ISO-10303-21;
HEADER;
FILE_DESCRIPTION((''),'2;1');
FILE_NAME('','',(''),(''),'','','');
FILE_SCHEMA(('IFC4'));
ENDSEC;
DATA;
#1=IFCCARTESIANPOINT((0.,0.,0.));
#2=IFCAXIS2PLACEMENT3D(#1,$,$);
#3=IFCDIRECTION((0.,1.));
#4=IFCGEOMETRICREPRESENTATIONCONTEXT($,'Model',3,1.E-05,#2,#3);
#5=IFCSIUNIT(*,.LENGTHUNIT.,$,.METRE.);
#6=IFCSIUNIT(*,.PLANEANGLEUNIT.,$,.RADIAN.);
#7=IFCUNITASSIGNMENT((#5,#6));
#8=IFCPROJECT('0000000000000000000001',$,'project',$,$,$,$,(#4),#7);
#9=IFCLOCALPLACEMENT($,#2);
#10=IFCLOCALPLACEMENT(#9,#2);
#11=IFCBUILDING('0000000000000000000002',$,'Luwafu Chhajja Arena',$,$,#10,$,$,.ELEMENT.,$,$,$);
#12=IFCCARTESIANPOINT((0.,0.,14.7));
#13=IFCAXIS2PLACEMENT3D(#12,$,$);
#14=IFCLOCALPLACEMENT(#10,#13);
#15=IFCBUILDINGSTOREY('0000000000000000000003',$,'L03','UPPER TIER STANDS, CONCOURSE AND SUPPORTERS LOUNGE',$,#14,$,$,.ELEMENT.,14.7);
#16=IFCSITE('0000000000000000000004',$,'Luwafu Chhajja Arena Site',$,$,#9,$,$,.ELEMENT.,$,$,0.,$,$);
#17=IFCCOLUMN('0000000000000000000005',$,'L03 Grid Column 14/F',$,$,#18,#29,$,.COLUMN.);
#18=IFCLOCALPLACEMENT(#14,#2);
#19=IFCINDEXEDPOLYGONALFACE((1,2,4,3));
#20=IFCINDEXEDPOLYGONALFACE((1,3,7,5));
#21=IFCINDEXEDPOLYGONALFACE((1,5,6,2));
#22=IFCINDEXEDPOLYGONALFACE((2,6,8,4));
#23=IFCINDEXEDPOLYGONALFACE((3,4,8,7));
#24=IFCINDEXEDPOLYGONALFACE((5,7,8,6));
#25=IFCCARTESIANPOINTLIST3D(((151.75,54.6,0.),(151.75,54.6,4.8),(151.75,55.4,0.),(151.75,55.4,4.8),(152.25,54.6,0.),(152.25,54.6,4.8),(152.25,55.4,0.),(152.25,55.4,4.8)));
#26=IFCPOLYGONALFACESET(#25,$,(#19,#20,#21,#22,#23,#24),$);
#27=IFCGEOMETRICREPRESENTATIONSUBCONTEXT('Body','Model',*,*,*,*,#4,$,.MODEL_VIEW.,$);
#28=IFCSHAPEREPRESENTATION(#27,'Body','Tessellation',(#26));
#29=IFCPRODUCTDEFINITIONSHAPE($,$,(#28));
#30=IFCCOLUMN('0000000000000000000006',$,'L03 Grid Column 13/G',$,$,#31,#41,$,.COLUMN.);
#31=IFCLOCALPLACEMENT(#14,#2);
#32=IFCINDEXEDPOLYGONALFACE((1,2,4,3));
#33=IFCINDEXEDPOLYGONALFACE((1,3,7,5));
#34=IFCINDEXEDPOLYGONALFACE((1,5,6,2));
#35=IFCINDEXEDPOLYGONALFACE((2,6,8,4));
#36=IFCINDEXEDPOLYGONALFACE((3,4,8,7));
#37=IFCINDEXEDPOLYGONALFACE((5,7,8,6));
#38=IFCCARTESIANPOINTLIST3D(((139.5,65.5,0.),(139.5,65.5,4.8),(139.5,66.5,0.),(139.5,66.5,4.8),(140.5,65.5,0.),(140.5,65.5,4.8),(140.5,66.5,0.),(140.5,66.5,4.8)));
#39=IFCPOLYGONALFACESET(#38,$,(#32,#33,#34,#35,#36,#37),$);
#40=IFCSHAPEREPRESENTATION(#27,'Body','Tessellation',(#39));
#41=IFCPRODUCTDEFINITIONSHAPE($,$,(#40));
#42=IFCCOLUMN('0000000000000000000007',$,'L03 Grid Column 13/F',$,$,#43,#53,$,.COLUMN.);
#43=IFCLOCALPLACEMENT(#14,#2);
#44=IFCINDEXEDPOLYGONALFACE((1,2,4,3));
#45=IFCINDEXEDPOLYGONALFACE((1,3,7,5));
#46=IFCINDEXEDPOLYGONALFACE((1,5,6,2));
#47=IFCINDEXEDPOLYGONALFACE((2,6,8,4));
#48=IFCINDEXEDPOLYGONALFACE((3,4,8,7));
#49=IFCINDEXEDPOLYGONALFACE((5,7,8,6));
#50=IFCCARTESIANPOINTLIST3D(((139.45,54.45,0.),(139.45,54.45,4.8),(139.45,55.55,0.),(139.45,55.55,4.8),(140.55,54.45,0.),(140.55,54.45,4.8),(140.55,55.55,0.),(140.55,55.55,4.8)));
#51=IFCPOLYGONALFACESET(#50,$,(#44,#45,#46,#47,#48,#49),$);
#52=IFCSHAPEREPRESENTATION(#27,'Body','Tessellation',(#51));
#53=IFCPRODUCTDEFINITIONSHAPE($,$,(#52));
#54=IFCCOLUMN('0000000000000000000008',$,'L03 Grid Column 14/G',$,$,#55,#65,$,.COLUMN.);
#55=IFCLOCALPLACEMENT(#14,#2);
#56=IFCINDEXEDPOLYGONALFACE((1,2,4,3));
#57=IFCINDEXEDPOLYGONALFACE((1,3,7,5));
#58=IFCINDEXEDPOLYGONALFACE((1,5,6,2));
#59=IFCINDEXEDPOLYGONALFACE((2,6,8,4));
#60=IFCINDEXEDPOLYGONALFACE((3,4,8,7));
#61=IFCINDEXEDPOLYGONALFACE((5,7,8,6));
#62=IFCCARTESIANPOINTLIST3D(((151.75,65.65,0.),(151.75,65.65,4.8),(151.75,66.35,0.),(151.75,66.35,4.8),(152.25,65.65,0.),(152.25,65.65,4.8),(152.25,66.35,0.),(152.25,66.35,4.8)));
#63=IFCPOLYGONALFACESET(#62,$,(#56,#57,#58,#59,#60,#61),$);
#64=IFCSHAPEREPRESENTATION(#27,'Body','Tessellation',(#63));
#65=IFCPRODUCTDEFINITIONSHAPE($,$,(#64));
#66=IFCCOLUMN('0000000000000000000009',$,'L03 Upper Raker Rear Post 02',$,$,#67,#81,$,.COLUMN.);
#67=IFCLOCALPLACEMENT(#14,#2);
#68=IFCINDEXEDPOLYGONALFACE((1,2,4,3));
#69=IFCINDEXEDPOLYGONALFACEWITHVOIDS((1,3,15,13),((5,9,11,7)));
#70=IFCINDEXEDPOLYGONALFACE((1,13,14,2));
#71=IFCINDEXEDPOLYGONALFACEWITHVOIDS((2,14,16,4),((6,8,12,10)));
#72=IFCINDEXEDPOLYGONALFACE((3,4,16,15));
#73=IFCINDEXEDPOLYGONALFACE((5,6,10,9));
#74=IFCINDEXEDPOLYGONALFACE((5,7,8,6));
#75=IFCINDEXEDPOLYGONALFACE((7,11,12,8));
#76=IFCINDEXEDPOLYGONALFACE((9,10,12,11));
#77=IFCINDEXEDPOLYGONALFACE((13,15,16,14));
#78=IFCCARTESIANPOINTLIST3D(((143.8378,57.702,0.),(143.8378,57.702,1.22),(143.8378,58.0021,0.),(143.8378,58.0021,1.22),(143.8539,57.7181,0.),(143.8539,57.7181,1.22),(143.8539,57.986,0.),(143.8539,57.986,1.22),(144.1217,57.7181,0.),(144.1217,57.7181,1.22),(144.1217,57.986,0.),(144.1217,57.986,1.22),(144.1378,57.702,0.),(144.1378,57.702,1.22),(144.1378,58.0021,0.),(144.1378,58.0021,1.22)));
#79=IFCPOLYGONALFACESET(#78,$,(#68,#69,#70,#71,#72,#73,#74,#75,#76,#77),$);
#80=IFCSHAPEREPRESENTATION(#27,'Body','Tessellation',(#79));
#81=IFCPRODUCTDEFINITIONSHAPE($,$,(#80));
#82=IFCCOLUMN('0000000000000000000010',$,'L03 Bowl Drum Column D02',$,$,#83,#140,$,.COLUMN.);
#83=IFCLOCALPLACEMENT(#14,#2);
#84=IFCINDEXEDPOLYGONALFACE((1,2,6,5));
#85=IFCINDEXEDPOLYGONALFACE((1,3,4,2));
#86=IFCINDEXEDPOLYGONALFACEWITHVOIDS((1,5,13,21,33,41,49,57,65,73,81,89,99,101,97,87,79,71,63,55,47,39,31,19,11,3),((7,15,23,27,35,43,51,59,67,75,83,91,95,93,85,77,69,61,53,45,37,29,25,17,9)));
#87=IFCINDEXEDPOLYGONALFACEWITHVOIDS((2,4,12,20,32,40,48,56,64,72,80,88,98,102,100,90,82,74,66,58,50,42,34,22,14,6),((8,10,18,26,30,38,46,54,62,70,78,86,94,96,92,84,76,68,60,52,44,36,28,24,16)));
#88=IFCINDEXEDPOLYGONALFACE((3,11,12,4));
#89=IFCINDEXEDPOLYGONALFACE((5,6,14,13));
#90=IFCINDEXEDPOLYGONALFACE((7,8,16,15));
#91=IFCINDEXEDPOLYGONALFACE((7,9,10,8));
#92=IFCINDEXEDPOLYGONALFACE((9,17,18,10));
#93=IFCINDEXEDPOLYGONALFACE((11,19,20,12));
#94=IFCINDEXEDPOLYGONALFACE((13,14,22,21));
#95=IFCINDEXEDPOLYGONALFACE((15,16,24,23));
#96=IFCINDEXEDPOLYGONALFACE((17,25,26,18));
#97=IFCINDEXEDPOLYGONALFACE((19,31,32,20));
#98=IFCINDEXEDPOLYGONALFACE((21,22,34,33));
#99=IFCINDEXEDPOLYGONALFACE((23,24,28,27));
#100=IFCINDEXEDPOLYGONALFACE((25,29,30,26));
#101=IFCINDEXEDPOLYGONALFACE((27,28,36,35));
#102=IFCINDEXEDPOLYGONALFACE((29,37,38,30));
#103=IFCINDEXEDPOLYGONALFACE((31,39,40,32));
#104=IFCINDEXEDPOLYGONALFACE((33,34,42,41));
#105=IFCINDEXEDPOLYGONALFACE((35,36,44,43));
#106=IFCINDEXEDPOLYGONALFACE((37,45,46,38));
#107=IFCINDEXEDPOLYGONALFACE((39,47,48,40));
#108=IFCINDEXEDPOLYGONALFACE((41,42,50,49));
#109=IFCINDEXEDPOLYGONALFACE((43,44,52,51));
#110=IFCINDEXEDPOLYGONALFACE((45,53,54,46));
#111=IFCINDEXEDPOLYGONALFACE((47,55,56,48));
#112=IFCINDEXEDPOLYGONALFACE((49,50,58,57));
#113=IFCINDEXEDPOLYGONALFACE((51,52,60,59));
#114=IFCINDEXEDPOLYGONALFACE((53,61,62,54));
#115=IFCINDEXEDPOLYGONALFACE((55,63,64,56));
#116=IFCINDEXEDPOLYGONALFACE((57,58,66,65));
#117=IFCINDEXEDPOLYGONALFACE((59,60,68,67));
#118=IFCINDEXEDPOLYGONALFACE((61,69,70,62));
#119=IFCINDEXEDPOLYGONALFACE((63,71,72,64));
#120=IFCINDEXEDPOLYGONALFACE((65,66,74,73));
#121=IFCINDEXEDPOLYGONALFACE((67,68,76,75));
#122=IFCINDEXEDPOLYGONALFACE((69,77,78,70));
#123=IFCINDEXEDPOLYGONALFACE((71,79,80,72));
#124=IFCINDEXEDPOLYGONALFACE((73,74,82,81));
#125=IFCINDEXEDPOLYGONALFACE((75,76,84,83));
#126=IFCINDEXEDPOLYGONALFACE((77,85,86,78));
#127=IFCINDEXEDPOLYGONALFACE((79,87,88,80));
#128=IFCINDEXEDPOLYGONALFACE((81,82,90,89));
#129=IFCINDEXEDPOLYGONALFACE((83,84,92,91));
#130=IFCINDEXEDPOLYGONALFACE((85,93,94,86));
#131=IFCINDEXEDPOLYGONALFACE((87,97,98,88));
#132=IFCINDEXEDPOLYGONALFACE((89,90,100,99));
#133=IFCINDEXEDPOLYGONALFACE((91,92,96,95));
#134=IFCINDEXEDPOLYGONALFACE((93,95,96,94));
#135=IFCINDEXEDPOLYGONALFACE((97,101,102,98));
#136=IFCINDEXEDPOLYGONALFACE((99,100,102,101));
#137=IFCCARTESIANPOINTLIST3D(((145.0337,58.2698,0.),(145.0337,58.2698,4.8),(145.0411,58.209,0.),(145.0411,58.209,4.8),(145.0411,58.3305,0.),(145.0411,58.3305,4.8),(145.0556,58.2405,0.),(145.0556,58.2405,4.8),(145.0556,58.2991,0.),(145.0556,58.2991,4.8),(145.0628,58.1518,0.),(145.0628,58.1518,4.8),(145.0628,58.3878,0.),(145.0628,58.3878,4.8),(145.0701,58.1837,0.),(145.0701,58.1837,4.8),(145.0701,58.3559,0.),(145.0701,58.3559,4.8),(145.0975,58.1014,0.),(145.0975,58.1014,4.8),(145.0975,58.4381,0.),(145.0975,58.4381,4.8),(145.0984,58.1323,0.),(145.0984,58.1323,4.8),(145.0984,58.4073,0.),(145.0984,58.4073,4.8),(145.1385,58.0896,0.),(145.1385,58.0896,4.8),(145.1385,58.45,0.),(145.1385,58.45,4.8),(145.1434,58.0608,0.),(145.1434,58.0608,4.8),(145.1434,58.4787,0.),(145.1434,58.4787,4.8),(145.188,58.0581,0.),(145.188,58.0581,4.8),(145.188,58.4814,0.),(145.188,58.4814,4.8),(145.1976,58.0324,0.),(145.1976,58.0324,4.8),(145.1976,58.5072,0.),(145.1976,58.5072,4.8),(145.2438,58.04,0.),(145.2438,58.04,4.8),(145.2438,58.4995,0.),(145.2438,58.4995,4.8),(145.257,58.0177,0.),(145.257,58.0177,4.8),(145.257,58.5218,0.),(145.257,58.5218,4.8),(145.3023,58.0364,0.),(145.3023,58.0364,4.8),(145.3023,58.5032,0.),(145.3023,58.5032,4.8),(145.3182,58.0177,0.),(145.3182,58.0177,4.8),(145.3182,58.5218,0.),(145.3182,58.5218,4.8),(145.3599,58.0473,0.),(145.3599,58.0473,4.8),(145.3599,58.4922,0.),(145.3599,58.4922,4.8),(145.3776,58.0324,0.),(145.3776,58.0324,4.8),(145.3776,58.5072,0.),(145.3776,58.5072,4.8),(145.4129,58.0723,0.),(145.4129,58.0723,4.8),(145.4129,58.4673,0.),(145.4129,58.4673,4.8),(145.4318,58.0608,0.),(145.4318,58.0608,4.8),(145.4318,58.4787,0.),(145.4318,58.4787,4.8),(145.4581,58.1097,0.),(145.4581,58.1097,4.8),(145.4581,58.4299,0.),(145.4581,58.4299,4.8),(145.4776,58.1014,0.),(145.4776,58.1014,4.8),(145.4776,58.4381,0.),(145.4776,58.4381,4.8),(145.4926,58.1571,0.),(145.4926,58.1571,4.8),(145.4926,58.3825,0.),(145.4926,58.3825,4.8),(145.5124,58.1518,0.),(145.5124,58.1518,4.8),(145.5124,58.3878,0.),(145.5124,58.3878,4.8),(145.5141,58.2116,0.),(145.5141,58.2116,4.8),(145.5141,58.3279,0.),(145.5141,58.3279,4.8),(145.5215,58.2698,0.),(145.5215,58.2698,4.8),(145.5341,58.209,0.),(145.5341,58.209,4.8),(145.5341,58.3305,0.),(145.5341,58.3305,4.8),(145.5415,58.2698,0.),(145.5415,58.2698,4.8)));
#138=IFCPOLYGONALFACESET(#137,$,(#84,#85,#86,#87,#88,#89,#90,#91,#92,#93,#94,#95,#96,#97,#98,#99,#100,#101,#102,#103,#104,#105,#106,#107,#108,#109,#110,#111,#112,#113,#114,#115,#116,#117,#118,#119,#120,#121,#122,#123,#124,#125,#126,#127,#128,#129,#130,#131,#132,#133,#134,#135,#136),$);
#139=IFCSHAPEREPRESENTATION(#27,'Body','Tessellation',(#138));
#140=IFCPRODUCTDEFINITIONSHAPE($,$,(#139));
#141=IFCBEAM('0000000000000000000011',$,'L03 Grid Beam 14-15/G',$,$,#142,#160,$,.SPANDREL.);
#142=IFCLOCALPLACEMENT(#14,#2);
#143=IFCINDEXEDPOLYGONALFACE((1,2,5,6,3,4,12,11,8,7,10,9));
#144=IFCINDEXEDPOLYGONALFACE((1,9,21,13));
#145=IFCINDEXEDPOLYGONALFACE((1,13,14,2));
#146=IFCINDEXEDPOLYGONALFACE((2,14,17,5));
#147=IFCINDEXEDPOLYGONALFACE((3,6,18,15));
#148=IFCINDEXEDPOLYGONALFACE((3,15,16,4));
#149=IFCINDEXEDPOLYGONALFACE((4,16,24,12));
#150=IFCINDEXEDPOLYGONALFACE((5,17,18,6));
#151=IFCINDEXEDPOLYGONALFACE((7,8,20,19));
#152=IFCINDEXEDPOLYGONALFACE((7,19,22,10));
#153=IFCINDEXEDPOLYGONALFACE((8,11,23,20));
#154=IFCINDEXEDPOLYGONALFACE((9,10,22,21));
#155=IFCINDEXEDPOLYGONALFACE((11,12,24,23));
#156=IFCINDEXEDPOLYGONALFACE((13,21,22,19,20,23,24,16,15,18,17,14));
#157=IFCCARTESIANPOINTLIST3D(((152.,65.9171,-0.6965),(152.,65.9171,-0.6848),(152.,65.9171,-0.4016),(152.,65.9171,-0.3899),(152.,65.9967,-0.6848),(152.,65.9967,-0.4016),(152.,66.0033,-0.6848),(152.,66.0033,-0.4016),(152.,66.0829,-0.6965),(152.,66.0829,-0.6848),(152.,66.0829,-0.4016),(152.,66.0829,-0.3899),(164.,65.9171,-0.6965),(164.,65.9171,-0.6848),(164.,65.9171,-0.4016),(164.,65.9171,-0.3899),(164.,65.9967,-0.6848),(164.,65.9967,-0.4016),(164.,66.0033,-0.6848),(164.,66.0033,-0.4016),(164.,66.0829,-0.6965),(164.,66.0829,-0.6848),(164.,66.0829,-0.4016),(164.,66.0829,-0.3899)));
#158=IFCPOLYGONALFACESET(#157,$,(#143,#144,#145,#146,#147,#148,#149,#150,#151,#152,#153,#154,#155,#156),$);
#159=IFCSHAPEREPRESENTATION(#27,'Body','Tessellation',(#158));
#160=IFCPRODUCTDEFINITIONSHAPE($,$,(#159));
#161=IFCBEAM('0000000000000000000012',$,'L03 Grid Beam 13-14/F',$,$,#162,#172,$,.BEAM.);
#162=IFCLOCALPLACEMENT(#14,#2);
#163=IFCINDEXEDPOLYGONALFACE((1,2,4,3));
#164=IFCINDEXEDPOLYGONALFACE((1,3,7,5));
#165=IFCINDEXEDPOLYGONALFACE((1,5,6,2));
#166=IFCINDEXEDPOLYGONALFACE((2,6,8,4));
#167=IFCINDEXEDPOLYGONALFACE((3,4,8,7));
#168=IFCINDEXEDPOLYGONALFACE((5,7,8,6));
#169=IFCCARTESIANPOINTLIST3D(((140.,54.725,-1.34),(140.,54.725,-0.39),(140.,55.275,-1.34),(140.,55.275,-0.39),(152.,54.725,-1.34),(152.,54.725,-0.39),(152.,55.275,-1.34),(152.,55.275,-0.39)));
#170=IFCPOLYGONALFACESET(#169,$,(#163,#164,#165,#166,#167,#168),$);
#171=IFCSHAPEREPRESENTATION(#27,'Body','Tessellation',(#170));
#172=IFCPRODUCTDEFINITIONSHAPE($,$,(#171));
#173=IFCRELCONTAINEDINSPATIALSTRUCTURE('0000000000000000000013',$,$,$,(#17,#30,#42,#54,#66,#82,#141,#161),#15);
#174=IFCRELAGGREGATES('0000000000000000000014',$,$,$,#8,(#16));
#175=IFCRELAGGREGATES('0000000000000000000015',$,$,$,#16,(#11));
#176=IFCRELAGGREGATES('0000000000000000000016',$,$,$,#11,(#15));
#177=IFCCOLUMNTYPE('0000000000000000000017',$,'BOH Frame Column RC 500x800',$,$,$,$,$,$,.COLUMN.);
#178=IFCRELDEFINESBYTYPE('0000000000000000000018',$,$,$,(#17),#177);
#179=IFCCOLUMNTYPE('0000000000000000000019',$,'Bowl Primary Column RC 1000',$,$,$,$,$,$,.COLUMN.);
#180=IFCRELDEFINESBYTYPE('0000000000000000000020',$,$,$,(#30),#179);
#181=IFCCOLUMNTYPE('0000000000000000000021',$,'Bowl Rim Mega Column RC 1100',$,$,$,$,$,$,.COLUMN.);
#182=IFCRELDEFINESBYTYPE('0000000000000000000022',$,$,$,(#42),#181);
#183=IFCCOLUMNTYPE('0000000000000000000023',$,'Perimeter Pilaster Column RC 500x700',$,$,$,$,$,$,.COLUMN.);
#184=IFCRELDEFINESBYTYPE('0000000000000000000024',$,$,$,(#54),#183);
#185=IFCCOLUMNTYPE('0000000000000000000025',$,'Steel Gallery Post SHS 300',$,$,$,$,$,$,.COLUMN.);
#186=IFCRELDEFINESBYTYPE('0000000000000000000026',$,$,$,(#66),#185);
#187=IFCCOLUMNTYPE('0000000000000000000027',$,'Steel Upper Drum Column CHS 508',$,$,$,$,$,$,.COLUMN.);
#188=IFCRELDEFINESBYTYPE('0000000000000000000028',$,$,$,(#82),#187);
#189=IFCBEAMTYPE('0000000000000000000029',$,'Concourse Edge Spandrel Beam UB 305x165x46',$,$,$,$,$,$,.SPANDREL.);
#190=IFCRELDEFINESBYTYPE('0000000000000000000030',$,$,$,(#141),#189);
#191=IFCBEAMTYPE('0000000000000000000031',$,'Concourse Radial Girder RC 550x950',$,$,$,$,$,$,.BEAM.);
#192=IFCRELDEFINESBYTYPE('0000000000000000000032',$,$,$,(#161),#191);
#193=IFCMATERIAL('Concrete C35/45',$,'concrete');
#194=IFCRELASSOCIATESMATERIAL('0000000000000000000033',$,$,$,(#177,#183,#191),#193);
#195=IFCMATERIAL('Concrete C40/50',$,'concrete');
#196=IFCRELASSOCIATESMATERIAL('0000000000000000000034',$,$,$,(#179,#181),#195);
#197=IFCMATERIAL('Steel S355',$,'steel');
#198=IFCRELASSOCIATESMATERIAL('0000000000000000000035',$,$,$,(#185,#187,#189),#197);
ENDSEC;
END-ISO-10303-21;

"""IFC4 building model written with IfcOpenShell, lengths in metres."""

from ifc_helpers import new_model, si_unit, direction, frame, origin, origin_2d, place, context, subcontext, project, spatial, rectangle, hollow_rectangle, hollow_circle, i_section, extrude, material, material_profile, profile_set, type_object, element, save


model = new_model("IFC4")

# Units and contexts
model_context = context("Model", 3, precision=1e-05, world=origin(), true_north=direction((0.0, 1.0)))
body_context = subcontext(model_context, "Body", "Model", "MODEL_VIEW")
ifc_project = project(units=[si_unit("LENGTHUNIT", "METRE"), si_unit("PLANEANGLEUNIT", "RADIAN")], contexts=[model_context])

# Site, building, storey
site_placement = place(None, origin())
site = spatial("IfcSite", under=ifc_project, at=site_placement, Name="Luwafu Chhajja Arena Site", CompositionType="ELEMENT", RefElevation=0.0)
building_placement = place(site_placement, origin())
building = spatial("IfcBuilding", under=site, at=building_placement, Name="Luwafu Chhajja Arena", CompositionType="ELEMENT")
storey_placement = place(building_placement, frame((0.0, 0.0, 14.7)))
storey = spatial("IfcBuildingStorey", under=building, at=storey_placement, Name="L03", Description="UPPER TIER STANDS, CONCOURSE AND SUPPORTERS LOUNGE", CompositionType="ELEMENT", Elevation=14.7)

# Columns
ifc_material_1 = material(Name="Concrete C35/45", Category="concrete")
ifc_material_profile_1 = material_profile(ifc_material_1, rectangle(XDim=0.5, YDim=0.8, at=origin_2d()), Name="RC 500x800")
ifc_profile_set_1 = profile_set([ifc_material_profile_1], Name="Concrete C35/45")
column_type_1 = type_object("IfcColumnType", Name="BOH Frame Column RC 500x800", PredefinedType="COLUMN", material=ifc_profile_set_1)
column_1_placement = place(storey_placement, frame((152.0, 55.0, 0.0), z_axis=(0.0, 0.0, 1.0), x_axis=(1.0, 0.0, 0.0)))
element("IfcColumn", 1, at=column_1_placement, inside=storey, type_object=column_type_1, Name="L03 Grid Column 14/F", PredefinedType="COLUMN", context=body_context, shape_type="SweptSolid", body=[
    extrude(rectangle(XDim=0.5, YDim=0.8, at=origin_2d()), origin(), (0.0, 0.0, 1.0), 4.8),
])
ifc_material_2 = material(Name="Concrete C40/50", Category="concrete")
ifc_material_profile_2 = material_profile(ifc_material_2, rectangle(XDim=1.0, YDim=1.0, at=origin_2d()), Name="RC 1000x1000")
ifc_profile_set_2 = profile_set([ifc_material_profile_2], Name="Concrete C40/50")
column_type_2 = type_object("IfcColumnType", Name="Bowl Primary Column RC 1000", PredefinedType="COLUMN", material=ifc_profile_set_2)
column_2_placement = place(storey_placement, frame((140.0, 66.0, 0.0), z_axis=(0.0, 0.0, 1.0), x_axis=(1.0, 0.0, 0.0)))
element("IfcColumn", 2, at=column_2_placement, inside=storey, type_object=column_type_2, Name="L03 Grid Column 13/G", PredefinedType="COLUMN", context=body_context, shape_type="SweptSolid", body=[
    extrude(rectangle(XDim=1.0, YDim=1.0, at=origin_2d()), origin(), (0.0, 0.0, 1.0), 4.8),
])
ifc_material_profile_3 = material_profile(ifc_material_2, rectangle(XDim=1.1001, YDim=1.1001, at=origin_2d()), Name="RC 1100x1100")
ifc_profile_set_3 = profile_set([ifc_material_profile_3], Name="Concrete C40/50")
column_type_3 = type_object("IfcColumnType", Name="Bowl Rim Mega Column RC 1100", PredefinedType="COLUMN", material=ifc_profile_set_3)
column_3_placement = place(storey_placement, frame((140.0, 55.0, 0.0), z_axis=(0.0, 0.0, 1.0), x_axis=(1.0, 0.0, 0.0)))
element("IfcColumn", 3, at=column_3_placement, inside=storey, type_object=column_type_3, Name="L03 Grid Column 13/F", PredefinedType="COLUMN", context=body_context, shape_type="SweptSolid", body=[
    extrude(rectangle(XDim=1.1001, YDim=1.1001, at=origin_2d()), origin(), (0.0, 0.0, 1.0), 4.8),
])
ifc_material_profile_4 = material_profile(ifc_material_1, rectangle(XDim=0.5, YDim=0.7, at=origin_2d()), Name="RC 500x700")
ifc_profile_set_4 = profile_set([ifc_material_profile_4], Name="Concrete C35/45")
column_type_4 = type_object("IfcColumnType", Name="Perimeter Pilaster Column RC 500x700", PredefinedType="COLUMN", material=ifc_profile_set_4)
column_4_placement = place(storey_placement, frame((152.0, 66.0, 0.0), z_axis=(0.0, 0.0, 1.0), x_axis=(1.0, 0.0, 0.0)))
element("IfcColumn", 4, at=column_4_placement, inside=storey, type_object=column_type_4, Name="L03 Grid Column 14/G", PredefinedType="COLUMN", context=body_context, shape_type="SweptSolid", body=[
    extrude(rectangle(XDim=0.5, YDim=0.7, at=origin_2d()), origin(), (0.0, 0.0, 1.0), 4.8),
])
ifc_material_3 = material(Name="Steel S355", Category="steel")
ifc_material_profile_5 = material_profile(ifc_material_3, hollow_rectangle(XDim=0.3, YDim=0.3, WallThickness=0.0161, at=origin_2d()), Name="SHS 300x300x16")
ifc_profile_set_5 = profile_set([ifc_material_profile_5], Name="Steel S355")
column_type_5 = type_object("IfcColumnType", Name="Steel Gallery Post SHS 300", PredefinedType="COLUMN", material=ifc_profile_set_5)
column_5_placement = place(storey_placement, frame((143.9878, 57.8521, 0.0), z_axis=(0.0, 0.0, 1.0), x_axis=(1.0, 0.0, 0.0)))
element("IfcColumn", 5, at=column_5_placement, inside=storey, type_object=column_type_5, Name="L03 Upper Raker Rear Post 02", PredefinedType="COLUMN", context=body_context, shape_type="SweptSolid", body=[
    extrude(hollow_rectangle(XDim=0.3, YDim=0.3, WallThickness=0.0161, at=origin_2d()), origin(), (0.0, 0.0, 1.0), 1.22),
])
ifc_material_profile_6 = material_profile(ifc_material_3, hollow_circle(Radius=0.2539, WallThickness=0.02, at=origin_2d()), Name="CHS 508x20")
ifc_profile_set_6 = profile_set([ifc_material_profile_6], Name="Steel S355")
column_type_6 = type_object("IfcColumnType", Name="Steel Upper Drum Column CHS 508", PredefinedType="COLUMN", material=ifc_profile_set_6)
column_6_placement = place(storey_placement, frame((145.2876, 58.2698, 0.0), z_axis=(0.0, 0.0, 1.0), x_axis=(1.0, 0.0, 0.0)))
element("IfcColumn", 6, at=column_6_placement, inside=storey, type_object=column_type_6, Name="L03 Bowl Drum Column D02", PredefinedType="COLUMN", context=body_context, shape_type="SweptSolid", body=[
    extrude(hollow_circle(Radius=0.2539, WallThickness=0.02, at=origin_2d()), origin(), (0.0, 0.0, 1.0), 4.8),
])

# Beams
ifc_material_profile_7 = material_profile(ifc_material_3, i_section(OverallWidth=0.1658, OverallDepth=0.3066, WebThickness=0.0066, FlangeThickness=0.0117, at=origin_2d()), Name="UB 305x165x46")
ifc_profile_set_7 = profile_set([ifc_material_profile_7], Name="Steel S355")
beam_type_1 = type_object("IfcBeamType", Name="Concourse Edge Spandrel Beam UB 305x165x46", PredefinedType="SPANDREL", material=ifc_profile_set_7)
beam_1_placement = place(storey_placement, frame((152.0, 66.0, -0.5432), z_axis=(1.0, 0.0, 0.0), x_axis=(0.0, 1.0, 0.0)))
element("IfcBeam", 7, at=beam_1_placement, inside=storey, type_object=beam_type_1, Name="L03 Grid Beam 14-15/G", PredefinedType="SPANDREL", context=body_context, shape_type="SweptSolid", body=[
    extrude(i_section(OverallWidth=0.1658, OverallDepth=0.3066, WebThickness=0.0066, FlangeThickness=0.0117, at=origin_2d()), origin(), (0.0, 0.0, 1.0), 12.0),
])
ifc_material_profile_8 = material_profile(ifc_material_1, rectangle(XDim=0.55, YDim=0.95, at=origin_2d()), Name="RC 550x950")
ifc_profile_set_8 = profile_set([ifc_material_profile_8], Name="Concrete C35/45")
beam_type_2 = type_object("IfcBeamType", Name="Concourse Radial Girder RC 550x950", PredefinedType="BEAM", material=ifc_profile_set_8)
beam_2_placement = place(storey_placement, frame((140.0, 55.0, -0.865), z_axis=(1.0, 0.0, 0.0), x_axis=(0.0, 1.0, 0.0)))
element("IfcBeam", 8, at=beam_2_placement, inside=storey, type_object=beam_type_2, Name="L03 Grid Beam 13-14/F", PredefinedType="BEAM", context=body_context, shape_type="SweptSolid", body=[
    extrude(rectangle(XDim=0.55, YDim=0.95, at=origin_2d()), origin(), (0.0, 0.0, 1.0), 12.0),
])

save(model, "model.ifc")
